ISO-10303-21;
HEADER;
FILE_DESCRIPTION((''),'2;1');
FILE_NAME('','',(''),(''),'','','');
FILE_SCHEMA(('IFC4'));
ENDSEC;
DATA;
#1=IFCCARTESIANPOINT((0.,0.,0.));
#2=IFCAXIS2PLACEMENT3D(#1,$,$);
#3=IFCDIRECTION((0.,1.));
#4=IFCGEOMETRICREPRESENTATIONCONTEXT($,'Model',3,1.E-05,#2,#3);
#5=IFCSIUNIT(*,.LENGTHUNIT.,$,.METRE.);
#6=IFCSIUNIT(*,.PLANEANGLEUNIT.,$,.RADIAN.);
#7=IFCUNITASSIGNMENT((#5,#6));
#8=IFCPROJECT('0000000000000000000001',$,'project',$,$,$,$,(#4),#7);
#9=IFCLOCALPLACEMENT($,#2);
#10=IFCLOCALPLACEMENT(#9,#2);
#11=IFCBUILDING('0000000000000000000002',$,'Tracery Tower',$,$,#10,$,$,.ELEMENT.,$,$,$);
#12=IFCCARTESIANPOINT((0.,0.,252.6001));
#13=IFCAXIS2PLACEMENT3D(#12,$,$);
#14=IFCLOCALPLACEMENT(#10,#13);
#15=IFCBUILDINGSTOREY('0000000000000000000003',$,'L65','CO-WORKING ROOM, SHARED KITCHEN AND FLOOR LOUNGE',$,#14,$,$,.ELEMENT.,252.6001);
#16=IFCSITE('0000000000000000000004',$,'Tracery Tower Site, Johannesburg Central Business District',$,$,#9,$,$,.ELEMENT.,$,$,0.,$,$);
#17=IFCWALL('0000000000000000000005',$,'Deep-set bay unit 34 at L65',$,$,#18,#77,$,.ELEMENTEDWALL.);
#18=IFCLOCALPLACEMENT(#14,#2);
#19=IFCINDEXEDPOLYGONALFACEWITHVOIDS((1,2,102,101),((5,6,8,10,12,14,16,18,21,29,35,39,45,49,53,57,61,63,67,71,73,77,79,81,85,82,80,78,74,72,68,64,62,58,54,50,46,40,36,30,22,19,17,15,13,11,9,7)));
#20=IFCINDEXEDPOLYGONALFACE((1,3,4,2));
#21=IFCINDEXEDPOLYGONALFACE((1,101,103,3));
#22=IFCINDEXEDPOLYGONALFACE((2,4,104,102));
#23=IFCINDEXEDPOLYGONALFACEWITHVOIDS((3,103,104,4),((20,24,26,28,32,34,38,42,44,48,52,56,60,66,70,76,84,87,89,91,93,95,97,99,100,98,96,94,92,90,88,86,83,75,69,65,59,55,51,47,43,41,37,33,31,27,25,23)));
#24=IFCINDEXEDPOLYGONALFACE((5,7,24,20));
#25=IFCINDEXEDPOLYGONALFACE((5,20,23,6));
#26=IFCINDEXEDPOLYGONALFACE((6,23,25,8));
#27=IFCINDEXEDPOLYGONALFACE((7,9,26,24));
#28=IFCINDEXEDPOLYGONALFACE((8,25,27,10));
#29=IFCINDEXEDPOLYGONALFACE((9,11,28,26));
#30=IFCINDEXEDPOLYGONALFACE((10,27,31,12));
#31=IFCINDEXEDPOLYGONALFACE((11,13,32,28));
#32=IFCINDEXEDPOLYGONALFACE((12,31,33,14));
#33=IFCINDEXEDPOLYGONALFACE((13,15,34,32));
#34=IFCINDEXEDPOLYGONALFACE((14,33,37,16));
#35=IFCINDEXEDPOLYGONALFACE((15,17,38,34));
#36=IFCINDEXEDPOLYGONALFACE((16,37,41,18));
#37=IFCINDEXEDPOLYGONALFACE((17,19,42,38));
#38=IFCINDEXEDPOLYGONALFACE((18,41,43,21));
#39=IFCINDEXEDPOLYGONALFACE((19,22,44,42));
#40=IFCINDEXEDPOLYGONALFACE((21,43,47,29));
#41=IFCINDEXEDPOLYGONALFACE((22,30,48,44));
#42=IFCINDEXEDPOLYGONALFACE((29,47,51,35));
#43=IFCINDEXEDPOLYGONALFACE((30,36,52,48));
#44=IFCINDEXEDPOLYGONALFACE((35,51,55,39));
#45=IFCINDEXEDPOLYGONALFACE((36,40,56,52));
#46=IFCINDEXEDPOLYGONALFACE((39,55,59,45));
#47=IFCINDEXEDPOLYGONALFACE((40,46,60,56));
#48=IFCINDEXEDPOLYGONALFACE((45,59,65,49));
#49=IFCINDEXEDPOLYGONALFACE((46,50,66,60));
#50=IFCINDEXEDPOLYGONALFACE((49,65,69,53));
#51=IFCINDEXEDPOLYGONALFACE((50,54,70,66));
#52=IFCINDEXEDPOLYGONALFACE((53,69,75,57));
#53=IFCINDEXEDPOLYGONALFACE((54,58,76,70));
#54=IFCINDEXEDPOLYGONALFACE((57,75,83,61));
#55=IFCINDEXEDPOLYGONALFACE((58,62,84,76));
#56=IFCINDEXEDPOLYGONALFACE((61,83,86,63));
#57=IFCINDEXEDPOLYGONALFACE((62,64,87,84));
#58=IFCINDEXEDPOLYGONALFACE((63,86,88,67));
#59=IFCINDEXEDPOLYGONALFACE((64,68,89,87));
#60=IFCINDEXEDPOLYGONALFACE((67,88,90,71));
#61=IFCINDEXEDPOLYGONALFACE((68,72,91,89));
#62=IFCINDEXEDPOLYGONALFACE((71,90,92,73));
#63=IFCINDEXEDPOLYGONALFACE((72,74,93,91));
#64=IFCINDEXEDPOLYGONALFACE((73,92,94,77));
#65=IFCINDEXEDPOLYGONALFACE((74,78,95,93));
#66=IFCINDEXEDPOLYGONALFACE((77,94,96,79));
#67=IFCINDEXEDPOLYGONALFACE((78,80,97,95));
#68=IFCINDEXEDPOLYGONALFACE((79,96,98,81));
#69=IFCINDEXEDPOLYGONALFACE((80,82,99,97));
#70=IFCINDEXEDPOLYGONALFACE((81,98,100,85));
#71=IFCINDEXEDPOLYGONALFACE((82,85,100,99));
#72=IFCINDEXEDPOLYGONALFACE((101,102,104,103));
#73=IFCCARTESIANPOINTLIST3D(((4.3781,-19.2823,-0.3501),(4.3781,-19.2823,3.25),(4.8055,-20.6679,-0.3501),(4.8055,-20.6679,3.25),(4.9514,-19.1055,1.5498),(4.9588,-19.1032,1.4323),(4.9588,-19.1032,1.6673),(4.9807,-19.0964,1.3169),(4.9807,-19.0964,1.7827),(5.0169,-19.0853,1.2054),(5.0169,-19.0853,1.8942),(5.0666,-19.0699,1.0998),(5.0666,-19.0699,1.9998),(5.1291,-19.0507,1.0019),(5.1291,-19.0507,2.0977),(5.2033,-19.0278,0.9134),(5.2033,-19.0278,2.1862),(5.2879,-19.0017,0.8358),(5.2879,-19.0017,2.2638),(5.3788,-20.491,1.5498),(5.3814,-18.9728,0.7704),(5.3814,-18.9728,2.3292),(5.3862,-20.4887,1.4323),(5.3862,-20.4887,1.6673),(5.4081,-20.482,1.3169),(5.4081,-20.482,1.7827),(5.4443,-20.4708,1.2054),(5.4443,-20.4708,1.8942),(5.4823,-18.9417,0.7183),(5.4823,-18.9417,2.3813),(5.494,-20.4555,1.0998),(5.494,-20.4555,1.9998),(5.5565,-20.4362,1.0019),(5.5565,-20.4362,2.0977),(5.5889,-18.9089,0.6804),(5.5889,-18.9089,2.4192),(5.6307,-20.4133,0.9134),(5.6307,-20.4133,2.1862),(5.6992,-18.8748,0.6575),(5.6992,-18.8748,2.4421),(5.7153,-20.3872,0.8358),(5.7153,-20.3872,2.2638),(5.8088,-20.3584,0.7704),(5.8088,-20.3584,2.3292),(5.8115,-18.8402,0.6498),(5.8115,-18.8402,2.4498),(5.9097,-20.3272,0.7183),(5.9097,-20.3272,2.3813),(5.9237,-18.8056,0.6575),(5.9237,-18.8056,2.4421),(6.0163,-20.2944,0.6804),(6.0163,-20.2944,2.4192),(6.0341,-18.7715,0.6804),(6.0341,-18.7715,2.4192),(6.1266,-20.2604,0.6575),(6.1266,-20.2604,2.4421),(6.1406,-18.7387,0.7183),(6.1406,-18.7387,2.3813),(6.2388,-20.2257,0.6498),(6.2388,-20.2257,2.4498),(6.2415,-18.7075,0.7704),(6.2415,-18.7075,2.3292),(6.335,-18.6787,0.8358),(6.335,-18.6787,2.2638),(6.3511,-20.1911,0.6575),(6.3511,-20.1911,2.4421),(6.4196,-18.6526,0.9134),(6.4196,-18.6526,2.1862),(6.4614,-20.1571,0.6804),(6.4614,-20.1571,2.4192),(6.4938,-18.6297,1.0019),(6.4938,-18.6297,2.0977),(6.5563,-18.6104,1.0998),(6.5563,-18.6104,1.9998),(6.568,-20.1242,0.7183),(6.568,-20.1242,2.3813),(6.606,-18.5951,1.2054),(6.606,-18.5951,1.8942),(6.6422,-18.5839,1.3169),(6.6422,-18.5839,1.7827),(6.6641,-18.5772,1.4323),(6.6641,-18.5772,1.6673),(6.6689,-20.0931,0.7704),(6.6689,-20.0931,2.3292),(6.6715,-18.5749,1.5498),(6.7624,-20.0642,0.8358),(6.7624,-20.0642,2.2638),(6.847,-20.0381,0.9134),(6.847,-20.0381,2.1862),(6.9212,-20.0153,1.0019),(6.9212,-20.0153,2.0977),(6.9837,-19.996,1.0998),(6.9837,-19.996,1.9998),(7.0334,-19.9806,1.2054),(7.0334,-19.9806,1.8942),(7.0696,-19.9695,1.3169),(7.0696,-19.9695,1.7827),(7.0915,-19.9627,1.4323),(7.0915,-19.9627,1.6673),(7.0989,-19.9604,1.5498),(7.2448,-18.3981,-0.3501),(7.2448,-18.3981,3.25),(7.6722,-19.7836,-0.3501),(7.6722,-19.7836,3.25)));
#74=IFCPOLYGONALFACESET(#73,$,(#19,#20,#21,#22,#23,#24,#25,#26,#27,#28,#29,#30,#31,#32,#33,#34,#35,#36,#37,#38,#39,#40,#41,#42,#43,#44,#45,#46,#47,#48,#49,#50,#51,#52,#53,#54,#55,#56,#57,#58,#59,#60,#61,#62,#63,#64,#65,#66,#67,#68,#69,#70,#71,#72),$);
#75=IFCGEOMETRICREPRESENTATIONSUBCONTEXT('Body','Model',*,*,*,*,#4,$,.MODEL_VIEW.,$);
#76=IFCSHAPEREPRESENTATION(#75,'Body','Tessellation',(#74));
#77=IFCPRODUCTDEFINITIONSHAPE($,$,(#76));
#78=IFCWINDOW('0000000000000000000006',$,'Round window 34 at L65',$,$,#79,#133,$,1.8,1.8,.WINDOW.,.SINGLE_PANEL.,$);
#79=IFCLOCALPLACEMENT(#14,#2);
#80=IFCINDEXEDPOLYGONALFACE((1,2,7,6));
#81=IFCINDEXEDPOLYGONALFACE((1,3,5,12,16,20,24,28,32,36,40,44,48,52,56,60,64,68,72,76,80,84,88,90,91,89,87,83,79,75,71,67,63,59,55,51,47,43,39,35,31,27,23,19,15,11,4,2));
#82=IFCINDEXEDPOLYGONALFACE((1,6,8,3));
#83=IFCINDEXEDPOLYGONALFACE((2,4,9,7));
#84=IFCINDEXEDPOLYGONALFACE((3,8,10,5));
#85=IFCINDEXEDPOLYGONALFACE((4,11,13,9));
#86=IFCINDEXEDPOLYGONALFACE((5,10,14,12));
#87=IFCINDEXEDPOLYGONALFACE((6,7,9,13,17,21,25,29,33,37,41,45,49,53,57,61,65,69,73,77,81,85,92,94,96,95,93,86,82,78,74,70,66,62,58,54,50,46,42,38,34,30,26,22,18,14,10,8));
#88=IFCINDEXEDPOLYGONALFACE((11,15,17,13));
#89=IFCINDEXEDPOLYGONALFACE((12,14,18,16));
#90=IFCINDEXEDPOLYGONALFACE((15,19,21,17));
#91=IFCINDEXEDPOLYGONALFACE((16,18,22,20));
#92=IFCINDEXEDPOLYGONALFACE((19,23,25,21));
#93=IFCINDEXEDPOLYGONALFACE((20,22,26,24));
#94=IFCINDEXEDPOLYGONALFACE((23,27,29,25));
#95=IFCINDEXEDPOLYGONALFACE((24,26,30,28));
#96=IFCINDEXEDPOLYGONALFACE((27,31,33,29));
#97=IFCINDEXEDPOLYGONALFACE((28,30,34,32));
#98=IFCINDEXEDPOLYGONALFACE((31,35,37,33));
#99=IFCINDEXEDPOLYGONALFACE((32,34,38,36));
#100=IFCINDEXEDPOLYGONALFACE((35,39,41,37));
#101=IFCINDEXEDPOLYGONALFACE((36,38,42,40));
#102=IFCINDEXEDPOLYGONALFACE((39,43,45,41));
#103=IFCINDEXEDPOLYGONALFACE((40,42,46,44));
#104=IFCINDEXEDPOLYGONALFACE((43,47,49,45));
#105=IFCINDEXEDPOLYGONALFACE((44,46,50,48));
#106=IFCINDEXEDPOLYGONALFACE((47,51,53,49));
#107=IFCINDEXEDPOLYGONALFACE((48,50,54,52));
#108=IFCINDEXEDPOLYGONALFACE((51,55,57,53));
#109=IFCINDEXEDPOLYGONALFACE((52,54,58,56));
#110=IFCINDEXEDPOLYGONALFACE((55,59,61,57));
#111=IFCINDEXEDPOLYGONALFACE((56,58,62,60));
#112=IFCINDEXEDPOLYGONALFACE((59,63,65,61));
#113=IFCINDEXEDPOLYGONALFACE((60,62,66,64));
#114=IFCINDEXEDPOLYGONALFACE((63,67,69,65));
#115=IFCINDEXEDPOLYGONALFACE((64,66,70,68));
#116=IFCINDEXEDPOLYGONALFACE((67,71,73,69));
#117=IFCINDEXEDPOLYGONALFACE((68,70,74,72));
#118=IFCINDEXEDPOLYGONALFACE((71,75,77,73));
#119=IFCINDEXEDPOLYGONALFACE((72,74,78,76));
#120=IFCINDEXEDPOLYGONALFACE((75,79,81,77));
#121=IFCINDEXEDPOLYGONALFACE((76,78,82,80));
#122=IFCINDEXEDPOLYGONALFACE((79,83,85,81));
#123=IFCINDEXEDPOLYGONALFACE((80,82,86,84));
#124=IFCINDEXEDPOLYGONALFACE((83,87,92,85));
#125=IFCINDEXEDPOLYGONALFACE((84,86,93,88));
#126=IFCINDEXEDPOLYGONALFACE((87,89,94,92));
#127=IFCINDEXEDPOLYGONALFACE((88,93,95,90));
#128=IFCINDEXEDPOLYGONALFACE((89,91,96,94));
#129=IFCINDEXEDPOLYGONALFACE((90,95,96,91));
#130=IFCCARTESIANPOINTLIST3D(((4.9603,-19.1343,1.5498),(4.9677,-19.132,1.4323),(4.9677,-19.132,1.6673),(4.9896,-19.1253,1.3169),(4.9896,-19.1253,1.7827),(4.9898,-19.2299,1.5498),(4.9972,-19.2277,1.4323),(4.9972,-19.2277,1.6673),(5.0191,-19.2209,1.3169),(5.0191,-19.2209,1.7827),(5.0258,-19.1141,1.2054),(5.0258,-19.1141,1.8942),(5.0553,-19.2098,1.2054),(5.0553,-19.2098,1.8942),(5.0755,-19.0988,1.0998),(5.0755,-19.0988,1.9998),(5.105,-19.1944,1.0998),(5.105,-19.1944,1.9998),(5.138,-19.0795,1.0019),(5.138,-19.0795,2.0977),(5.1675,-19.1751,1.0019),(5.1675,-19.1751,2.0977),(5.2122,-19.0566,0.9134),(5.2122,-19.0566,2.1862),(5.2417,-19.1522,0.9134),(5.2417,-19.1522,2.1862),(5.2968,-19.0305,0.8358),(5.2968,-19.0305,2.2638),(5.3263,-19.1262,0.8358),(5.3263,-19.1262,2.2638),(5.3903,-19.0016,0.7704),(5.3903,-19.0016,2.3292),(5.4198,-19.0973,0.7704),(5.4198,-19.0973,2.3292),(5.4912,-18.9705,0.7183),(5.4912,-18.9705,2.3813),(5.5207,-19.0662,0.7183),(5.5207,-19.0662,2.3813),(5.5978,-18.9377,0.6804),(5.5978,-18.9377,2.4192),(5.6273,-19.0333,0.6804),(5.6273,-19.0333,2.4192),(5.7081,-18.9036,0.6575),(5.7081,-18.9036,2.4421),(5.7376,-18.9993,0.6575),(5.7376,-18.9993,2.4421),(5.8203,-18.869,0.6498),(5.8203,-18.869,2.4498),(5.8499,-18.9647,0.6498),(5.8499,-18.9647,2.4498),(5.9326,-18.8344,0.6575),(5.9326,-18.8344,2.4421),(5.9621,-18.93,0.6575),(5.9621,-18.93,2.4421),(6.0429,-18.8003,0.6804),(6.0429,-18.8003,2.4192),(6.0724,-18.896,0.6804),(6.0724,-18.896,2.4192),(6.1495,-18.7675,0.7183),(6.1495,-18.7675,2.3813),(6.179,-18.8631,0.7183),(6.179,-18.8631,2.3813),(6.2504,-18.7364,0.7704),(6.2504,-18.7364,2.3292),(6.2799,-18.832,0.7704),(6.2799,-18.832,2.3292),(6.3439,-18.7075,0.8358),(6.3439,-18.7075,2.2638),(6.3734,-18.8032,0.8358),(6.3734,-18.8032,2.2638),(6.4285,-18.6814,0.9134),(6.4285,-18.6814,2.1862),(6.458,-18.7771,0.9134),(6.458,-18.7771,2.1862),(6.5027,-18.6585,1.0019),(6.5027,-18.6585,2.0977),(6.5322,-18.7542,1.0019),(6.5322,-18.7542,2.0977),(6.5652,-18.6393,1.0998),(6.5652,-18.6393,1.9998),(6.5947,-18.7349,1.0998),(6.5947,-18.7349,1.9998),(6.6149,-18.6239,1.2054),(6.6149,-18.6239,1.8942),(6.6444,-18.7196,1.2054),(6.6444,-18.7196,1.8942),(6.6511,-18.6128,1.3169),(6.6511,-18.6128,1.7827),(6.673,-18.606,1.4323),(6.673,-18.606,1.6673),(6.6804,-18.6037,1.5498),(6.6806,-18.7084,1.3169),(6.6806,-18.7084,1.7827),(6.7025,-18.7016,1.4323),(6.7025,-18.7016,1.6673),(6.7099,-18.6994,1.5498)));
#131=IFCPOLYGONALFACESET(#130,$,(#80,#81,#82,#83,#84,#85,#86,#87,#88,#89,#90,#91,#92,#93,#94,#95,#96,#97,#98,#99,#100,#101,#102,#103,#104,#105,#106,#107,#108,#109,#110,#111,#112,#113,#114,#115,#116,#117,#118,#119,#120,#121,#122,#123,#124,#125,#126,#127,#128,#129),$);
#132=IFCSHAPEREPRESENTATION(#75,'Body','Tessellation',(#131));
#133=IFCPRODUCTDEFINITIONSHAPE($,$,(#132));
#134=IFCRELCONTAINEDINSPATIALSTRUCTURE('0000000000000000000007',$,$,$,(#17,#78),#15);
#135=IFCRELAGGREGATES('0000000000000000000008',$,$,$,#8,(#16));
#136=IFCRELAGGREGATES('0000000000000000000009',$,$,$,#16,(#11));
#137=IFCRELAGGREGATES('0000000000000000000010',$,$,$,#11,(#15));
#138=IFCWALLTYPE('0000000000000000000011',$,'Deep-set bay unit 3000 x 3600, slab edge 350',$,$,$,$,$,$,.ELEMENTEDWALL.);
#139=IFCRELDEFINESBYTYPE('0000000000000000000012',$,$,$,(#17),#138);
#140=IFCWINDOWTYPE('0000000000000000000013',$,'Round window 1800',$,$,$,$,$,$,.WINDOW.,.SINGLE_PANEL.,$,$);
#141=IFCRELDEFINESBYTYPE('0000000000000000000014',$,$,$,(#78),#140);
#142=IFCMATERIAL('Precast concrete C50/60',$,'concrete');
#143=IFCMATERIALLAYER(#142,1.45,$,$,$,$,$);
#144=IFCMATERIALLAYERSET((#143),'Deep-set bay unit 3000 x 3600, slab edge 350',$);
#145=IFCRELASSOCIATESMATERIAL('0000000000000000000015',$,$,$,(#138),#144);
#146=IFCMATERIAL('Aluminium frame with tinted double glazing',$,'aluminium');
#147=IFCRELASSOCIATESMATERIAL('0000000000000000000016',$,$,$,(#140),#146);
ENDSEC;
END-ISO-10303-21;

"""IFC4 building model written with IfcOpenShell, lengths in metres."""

from ifc_helpers import new_model, si_unit, direction, frame, frame_2d, origin, origin_2d, place, context, subcontext, project, spatial, rectangle, circle, extrude, material, layer, layer_set, type_object, element, fill, save


model = new_model("IFC4")

# Units and contexts
model_context = context("Model", 3, precision=1e-05, world=origin(), true_north=direction((0.0, 1.0)))
body_context = subcontext(model_context, "Body", "Model", "MODEL_VIEW")
ifc_project = project(units=[si_unit("LENGTHUNIT", "METRE"), si_unit("PLANEANGLEUNIT", "RADIAN")], contexts=[model_context])

# Site, building, storey
site_placement = place(None, origin())
site = spatial("IfcSite", under=ifc_project, at=site_placement, Name="Tracery Tower Site, Johannesburg Central Business District", CompositionType="ELEMENT", RefElevation=0.0)
building_placement = place(site_placement, origin())
building = spatial("IfcBuilding", under=site, at=building_placement, Name="Tracery Tower", CompositionType="ELEMENT")
storey_placement = place(building_placement, frame((0.0, 0.0, 252.6001)))
storey = spatial("IfcBuildingStorey", under=building, at=storey_placement, Name="L65", Description="CO-WORKING ROOM, SHARED KITCHEN AND FLOOR LOUNGE", CompositionType="ELEMENT", Elevation=252.6001)

# Wall, opening, window
ifc_material_1 = material(Name="Precast concrete C50/60", Category="concrete")
ifc_layer_1 = layer(ifc_material_1, 1.45)
ifc_layer_set_1 = layer_set([ifc_layer_1], Name="Deep-set bay unit 3000 x 3600, slab edge 350")
wall_type_1 = type_object("IfcWallType", Name="Deep-set bay unit 3000 x 3600, slab edge 350", PredefinedType="ELEMENTEDWALL", material=ifc_layer_set_1)
wall_1_placement = place(storey_placement, frame((4.5918, -19.9751, -0.3501), z_axis=(0.0, 0.0, 1.0), x_axis=(0.955571, 0.294761, 0.0)))
wall_1 = element("IfcWall", 1, at=wall_1_placement, inside=storey, type_object=wall_type_1, Name="Deep-set bay unit 34 at L65", PredefinedType="ELEMENTEDWALL", context=body_context, shape_type="SweptSolid", body=[
    extrude(rectangle(XDim=3.0, YDim=1.45, at=frame_2d((1.5, 0.0))), origin(), (0.0, 0.0, 1.0), 3.6001),
])
opening_1_placement = place(wall_1_placement, frame((1.5, 0.0, 1.8999)))
opening_1 = element("IfcOpeningElement", 2, at=opening_1_placement, cuts=wall_1, PredefinedType="OPENING", context=body_context, shape_type="SweptSolid", body=[
    extrude(circle(Radius=0.9, at=origin_2d()), frame((0.0, 0.7349, 0.0), z_axis=(0.0, -1.0, 0.0), x_axis=(1.0, 0.0, 0.0)), (0.0, 0.0, 1.0), 1.47),
])
ifc_material_2 = material(Name="Aluminium frame with tinted double glazing", Category="aluminium")
window_type = type_object("IfcWindowType", Name="Round window 1800", PartitioningType="SINGLE_PANEL", PredefinedType="WINDOW", material=ifc_material_2)
window_1_placement = place(opening_1_placement, origin())
window_1 = element("IfcWindow", 3, at=window_1_placement, inside=storey, type_object=window_type, Name="Round window 34 at L65", OverallHeight=1.8, OverallWidth=1.8, PartitioningType="SINGLE_PANEL", PredefinedType="WINDOW", context=body_context, shape_type="SweptSolid", body=[
    extrude(circle(Radius=0.9, at=origin_2d()), frame((0.0, 0.6948, 0.0), z_axis=(0.0, -1.0, 0.0), x_axis=(1.0, 0.0, 0.0)), (0.0, 0.0, 1.0), 0.1001),
])
fill(opening_1, window_1)

save(model, "model.ifc")
